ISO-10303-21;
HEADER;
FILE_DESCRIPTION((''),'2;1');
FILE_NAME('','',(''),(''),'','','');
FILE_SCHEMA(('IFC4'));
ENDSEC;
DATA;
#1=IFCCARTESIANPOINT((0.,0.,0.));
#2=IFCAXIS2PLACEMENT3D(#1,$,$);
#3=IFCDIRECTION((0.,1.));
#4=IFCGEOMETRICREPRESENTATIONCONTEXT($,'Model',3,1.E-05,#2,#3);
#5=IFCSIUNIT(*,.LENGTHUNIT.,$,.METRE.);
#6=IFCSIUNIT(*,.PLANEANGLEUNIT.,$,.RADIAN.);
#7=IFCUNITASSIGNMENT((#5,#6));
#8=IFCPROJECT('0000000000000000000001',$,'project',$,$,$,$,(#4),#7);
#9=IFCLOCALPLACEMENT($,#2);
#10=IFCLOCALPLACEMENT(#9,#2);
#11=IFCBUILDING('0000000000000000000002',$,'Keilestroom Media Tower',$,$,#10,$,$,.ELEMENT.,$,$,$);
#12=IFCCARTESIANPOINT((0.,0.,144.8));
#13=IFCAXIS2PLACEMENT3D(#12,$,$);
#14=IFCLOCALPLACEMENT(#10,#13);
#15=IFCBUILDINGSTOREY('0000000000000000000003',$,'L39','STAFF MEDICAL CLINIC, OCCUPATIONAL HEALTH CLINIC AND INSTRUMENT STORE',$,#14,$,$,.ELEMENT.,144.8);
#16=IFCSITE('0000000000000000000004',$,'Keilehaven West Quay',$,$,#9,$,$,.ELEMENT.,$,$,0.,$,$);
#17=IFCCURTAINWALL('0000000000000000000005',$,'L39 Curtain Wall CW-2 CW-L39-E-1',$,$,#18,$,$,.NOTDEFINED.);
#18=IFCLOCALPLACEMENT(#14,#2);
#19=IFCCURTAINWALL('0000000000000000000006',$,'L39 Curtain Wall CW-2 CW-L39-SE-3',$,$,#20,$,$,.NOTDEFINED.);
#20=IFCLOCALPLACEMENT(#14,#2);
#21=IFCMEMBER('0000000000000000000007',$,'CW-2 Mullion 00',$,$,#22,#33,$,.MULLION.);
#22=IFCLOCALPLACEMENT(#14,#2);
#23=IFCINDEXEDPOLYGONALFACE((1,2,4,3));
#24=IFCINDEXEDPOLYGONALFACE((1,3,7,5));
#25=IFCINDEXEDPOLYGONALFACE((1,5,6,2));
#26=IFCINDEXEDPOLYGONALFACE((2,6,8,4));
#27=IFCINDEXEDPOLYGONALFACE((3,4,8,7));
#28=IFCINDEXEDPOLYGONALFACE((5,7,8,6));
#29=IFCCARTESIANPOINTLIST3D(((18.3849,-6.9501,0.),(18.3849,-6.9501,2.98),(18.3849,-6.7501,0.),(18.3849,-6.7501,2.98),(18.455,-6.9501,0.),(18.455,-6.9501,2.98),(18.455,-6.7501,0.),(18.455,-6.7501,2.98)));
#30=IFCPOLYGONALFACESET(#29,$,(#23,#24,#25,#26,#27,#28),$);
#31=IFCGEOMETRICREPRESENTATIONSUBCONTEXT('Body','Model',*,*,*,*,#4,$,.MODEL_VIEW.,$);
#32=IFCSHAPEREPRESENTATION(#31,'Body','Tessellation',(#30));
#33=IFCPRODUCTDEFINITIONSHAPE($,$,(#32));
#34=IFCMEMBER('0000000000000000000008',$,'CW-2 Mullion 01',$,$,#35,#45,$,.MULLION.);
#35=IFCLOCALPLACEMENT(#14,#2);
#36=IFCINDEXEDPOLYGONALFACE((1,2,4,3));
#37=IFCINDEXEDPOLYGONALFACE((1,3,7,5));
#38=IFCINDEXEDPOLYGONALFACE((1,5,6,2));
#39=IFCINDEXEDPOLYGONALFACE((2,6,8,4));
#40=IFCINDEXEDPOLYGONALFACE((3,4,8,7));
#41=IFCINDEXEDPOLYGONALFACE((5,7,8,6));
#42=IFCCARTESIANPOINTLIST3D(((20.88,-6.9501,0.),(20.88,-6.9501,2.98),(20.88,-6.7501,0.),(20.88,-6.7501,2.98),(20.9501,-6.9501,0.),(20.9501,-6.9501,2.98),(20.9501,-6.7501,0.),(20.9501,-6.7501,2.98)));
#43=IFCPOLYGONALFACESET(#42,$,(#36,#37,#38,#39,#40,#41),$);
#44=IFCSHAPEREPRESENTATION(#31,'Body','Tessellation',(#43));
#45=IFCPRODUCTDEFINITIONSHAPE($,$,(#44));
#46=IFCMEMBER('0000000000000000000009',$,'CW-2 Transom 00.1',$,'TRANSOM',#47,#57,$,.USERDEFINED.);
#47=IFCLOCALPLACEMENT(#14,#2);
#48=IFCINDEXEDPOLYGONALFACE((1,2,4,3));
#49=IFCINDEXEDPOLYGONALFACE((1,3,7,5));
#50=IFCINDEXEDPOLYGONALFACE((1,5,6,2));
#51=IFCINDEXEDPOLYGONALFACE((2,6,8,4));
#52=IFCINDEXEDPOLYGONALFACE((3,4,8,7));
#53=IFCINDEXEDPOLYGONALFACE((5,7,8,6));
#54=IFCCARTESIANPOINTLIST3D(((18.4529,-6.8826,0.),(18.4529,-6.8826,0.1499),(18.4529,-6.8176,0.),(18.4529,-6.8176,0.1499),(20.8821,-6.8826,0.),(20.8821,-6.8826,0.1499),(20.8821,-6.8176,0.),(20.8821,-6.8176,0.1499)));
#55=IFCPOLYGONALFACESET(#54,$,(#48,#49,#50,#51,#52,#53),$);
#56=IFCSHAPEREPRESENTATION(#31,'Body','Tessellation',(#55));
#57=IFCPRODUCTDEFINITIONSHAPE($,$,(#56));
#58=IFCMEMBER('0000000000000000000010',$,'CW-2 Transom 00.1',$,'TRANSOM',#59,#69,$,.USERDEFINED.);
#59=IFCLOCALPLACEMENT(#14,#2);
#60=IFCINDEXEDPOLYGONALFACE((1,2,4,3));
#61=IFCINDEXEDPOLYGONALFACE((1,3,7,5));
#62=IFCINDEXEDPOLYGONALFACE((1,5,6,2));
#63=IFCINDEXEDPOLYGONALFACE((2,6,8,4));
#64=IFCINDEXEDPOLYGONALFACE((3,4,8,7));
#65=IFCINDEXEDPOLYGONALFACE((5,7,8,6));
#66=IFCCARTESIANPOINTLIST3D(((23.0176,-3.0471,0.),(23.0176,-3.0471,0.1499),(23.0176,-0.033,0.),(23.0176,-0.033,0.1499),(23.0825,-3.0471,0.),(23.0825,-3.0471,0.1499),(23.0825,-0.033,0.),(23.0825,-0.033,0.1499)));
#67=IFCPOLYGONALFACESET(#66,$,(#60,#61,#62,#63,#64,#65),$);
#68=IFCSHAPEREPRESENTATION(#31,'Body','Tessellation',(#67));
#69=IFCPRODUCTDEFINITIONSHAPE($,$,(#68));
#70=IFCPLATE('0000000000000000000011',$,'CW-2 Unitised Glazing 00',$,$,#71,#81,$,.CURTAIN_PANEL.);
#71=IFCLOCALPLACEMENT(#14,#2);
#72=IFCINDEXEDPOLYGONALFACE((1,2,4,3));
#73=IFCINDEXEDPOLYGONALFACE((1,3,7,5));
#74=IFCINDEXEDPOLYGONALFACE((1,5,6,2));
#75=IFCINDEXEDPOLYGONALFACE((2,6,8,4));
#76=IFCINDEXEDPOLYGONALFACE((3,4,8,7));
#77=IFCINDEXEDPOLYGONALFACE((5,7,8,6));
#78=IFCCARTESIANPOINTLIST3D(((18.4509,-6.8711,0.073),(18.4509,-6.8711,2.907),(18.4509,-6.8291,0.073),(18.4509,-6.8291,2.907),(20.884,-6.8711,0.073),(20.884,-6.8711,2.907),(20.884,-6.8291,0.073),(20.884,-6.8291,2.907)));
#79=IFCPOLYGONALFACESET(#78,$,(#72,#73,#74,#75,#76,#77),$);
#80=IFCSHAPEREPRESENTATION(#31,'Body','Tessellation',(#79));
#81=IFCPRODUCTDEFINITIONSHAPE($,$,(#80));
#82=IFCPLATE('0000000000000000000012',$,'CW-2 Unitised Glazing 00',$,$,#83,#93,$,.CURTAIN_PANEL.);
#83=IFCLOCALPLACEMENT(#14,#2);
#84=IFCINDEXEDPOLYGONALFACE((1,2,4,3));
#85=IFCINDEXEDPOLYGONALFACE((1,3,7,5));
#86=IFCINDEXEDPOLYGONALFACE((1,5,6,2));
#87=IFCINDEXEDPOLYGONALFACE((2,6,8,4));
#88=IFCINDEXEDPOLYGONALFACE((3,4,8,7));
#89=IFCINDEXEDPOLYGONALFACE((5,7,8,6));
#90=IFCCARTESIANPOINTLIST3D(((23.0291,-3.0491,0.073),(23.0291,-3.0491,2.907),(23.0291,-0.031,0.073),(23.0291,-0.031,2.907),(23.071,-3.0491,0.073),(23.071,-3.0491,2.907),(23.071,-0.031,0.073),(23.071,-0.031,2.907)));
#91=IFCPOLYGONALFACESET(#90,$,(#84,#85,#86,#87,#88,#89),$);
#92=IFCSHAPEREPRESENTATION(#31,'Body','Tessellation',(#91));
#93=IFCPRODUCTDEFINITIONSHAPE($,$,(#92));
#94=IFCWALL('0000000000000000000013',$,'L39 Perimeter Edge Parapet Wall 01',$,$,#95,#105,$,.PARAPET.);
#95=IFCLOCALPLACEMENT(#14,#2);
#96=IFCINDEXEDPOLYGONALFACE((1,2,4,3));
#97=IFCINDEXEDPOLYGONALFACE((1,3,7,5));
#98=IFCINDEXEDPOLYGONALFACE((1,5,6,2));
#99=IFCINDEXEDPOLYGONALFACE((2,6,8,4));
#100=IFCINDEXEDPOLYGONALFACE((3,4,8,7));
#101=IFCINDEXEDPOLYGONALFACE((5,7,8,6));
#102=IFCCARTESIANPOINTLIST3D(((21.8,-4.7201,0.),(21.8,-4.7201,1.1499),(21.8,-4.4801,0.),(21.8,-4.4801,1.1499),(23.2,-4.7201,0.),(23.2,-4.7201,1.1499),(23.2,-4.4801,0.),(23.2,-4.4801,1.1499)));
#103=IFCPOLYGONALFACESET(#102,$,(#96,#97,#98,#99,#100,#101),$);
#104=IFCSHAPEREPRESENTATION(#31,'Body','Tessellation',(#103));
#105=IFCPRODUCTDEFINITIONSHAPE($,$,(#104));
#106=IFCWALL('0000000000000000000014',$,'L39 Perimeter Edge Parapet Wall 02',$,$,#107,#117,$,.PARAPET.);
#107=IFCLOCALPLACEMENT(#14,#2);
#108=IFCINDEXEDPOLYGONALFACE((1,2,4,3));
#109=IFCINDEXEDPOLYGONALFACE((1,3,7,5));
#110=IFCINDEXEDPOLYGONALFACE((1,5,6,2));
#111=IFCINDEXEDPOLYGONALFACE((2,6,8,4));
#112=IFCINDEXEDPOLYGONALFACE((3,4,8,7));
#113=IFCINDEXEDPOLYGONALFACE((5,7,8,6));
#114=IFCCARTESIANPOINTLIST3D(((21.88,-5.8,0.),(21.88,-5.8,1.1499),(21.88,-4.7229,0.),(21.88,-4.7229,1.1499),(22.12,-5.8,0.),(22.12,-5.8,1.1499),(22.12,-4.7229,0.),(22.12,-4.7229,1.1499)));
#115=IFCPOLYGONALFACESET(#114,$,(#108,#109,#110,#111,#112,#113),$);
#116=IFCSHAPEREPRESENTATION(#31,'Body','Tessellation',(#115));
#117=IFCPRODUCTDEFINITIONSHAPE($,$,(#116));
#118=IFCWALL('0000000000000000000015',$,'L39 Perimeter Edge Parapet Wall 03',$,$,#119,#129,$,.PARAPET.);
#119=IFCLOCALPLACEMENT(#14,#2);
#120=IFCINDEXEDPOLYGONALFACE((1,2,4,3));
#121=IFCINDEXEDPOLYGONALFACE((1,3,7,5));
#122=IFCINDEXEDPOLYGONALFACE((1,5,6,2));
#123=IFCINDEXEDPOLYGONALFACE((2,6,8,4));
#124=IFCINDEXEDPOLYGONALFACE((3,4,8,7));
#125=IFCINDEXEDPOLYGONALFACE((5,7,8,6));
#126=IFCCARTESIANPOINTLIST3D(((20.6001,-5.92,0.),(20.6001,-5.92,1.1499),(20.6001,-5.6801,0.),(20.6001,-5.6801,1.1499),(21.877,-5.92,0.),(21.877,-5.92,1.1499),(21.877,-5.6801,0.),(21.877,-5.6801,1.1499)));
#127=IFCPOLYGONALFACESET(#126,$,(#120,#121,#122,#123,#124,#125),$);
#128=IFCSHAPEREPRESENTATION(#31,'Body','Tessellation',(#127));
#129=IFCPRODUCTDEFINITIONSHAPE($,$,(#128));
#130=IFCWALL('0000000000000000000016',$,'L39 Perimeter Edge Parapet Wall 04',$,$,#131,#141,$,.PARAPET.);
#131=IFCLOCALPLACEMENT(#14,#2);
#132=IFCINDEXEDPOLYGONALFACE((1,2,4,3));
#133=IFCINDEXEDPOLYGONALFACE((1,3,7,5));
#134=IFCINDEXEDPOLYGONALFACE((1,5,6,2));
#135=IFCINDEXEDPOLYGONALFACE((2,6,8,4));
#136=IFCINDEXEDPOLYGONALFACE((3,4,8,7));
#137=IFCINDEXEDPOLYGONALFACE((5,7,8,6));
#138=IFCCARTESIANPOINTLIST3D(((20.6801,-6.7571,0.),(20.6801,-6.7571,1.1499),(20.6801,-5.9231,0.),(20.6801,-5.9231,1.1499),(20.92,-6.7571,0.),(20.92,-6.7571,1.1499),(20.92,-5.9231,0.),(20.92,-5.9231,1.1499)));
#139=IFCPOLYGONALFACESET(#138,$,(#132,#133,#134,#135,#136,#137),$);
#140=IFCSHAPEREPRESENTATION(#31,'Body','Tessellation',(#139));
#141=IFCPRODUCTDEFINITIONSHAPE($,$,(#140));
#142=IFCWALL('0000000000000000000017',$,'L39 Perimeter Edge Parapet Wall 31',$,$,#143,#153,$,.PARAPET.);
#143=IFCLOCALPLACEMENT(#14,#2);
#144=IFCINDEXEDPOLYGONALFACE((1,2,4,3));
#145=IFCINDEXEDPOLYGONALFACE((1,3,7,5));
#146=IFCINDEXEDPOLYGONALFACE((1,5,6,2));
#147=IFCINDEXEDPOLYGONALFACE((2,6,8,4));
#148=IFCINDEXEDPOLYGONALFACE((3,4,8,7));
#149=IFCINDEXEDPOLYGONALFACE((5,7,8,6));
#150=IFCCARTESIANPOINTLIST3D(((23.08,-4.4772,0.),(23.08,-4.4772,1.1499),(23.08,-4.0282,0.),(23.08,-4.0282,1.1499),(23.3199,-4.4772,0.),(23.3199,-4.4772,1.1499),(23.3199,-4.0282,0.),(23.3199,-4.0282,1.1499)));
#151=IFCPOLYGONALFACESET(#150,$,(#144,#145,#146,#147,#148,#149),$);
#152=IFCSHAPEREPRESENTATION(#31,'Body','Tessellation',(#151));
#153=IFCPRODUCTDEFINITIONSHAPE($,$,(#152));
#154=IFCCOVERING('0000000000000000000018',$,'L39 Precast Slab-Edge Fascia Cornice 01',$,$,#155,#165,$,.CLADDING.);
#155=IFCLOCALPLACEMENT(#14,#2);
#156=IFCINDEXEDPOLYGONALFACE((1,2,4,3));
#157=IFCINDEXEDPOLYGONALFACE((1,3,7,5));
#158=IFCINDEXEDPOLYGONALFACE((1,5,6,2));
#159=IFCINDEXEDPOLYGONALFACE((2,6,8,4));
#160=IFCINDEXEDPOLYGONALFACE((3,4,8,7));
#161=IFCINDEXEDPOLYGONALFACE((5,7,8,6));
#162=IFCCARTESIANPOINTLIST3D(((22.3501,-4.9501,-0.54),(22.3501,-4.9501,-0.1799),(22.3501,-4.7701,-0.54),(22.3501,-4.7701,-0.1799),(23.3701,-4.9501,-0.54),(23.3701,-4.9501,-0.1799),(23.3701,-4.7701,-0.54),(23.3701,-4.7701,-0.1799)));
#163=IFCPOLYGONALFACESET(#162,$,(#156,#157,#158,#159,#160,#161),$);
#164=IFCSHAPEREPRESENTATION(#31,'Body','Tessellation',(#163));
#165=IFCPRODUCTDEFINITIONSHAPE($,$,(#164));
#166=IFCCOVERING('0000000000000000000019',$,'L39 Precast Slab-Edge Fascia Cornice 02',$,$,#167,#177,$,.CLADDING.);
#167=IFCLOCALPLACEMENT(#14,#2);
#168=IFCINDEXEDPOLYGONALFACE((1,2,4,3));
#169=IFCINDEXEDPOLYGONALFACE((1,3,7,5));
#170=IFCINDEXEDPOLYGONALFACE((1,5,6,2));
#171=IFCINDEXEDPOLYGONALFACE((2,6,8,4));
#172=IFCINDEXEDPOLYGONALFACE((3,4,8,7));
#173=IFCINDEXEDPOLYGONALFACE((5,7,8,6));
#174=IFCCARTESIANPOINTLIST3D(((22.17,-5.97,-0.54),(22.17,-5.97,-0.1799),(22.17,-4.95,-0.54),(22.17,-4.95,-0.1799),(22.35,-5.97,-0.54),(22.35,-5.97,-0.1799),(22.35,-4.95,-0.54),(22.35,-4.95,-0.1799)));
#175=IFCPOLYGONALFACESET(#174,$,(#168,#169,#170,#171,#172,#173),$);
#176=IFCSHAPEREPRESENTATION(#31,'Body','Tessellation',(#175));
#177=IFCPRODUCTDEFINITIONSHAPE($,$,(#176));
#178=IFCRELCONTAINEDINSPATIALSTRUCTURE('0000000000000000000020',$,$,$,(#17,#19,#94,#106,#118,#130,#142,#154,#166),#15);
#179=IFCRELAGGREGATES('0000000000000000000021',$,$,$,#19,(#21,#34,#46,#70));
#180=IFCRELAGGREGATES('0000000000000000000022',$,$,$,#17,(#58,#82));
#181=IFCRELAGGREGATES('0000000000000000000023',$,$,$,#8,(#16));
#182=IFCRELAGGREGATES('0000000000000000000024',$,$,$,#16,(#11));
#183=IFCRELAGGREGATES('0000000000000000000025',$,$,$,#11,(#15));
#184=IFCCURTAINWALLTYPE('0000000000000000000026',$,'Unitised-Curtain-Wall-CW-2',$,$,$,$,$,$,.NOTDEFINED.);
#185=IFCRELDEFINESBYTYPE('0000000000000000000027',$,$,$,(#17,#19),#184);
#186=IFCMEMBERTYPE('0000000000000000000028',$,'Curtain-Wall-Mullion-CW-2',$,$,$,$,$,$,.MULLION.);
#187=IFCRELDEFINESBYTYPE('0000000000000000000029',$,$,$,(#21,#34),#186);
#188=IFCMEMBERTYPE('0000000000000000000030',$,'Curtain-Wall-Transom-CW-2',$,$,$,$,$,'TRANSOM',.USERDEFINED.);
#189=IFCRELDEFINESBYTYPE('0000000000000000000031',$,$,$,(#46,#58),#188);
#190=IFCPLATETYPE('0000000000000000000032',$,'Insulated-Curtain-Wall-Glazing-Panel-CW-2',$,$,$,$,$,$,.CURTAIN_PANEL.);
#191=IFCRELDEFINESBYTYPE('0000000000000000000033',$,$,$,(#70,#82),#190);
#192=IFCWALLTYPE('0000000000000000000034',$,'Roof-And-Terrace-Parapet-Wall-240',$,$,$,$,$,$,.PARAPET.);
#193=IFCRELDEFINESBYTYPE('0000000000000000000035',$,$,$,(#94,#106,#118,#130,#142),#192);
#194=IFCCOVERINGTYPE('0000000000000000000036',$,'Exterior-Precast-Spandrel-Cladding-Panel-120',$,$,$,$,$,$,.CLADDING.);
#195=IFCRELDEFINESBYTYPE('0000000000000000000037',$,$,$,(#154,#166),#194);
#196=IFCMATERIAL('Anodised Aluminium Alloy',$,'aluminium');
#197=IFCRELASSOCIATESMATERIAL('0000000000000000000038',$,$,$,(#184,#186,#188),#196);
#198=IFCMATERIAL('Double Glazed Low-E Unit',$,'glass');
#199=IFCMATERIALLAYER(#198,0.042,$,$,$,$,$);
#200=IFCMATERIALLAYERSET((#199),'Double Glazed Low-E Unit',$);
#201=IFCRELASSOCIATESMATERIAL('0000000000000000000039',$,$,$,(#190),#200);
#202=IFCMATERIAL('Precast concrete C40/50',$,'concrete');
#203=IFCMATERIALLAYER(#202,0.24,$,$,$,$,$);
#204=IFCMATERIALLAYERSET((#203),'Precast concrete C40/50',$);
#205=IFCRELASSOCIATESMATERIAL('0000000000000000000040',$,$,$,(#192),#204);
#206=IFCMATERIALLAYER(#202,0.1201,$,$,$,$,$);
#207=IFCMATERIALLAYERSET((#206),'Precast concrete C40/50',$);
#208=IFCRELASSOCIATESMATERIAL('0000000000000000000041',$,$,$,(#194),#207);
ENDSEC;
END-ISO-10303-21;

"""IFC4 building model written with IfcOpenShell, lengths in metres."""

from ifc_helpers import new_model, si_unit, direction, frame, frame_2d, origin, origin_2d, place, context, subcontext, project, spatial, rectangle, extrude, source, transform, mapped, material, layer, layer_set, material_profile, profile_set, type_object, element, aggregate, save


model = new_model("IFC4")

# Units and contexts
model_context = context("Model", 3, precision=1e-05, world=origin(), true_north=direction((0.0, 1.0)))
body_context = subcontext(model_context, "Body", "Model", "MODEL_VIEW")
ifc_project = project(units=[si_unit("LENGTHUNIT", "METRE"), si_unit("PLANEANGLEUNIT", "RADIAN")], contexts=[model_context])

# Site, building, storey
site_placement = place(None, origin())
site = spatial("IfcSite", under=ifc_project, at=site_placement, Name="Keilehaven West Quay", CompositionType="ELEMENT", RefElevation=0.0)
building_placement = place(site_placement, origin())
building = spatial("IfcBuilding", under=site, at=building_placement, Name="Keilestroom Media Tower", CompositionType="ELEMENT")
storey_placement = place(building_placement, frame((0.0, 0.0, 144.8)))
storey = spatial("IfcBuildingStorey", under=building, at=storey_placement, Name="L39", Description="STAFF MEDICAL CLINIC, OCCUPATIONAL HEALTH CLINIC AND INSTRUMENT STORE", CompositionType="ELEMENT", Elevation=144.8)

# Shared definitions
ifc_material_1 = material(Name="Precast concrete C40/50", Category="concrete")

# Curtain wall
ifc_material_2 = material(Name="Anodised Aluminium Alloy", Category="aluminium")
curtain_wall_type = type_object("IfcCurtainWallType", Name="Unitised-Curtain-Wall-CW-2", PredefinedType="NOTDEFINED", material=ifc_material_2)
curtain_wall_1_placement = place(storey_placement, origin())
curtain_wall_1 = element("IfcCurtainWall", 1, at=curtain_wall_1_placement, inside=storey, type_object=curtain_wall_type, Name="L39 Curtain Wall CW-2 CW-L39-E-1", PredefinedType="NOTDEFINED")
ifc_material_profile_1 = material_profile(ifc_material_2, rectangle(XDim=0.0701, YDim=0.2, at=origin_2d()), Name="ALU MULLION 70x200")
ifc_profile_set_1 = profile_set([ifc_material_profile_1], Name="Anodised Aluminium Alloy")
member_type_1 = type_object("IfcMemberType", Name="Curtain-Wall-Mullion-CW-2", PredefinedType="MULLION", material=ifc_profile_set_1)
shared_shape_1 = source(origin(), body_context, "Body", "SweptSolid", [
    extrude(rectangle(XDim=0.0701, YDim=0.2, at=origin_2d()), origin(), (0.0, 0.0, 1.0), 2.98),
])

# Curtain wall, members
curtain_wall_2_placement = place(storey_placement, origin())
curtain_wall_2 = element("IfcCurtainWall", 2, at=curtain_wall_2_placement, inside=storey, type_object=curtain_wall_type, Name="L39 Curtain Wall CW-2 CW-L39-SE-3", PredefinedType="NOTDEFINED")
member_1_placement = place(storey_placement, frame((18.4199, -6.8501, 0.0), z_axis=(0.0, 0.0, 1.0), x_axis=(1.0, 0.0, 0.0)))
member_1 = element("IfcMember", 3, at=member_1_placement, type_object=member_type_1, Name="CW-2 Mullion 00", PredefinedType="MULLION", context=body_context, shape_type="MappedRepresentation", body=[
    mapped(shared_shape_1, transform((0.0, 0.0, 0.0), x_axis=(1.0, 0.0, 0.0), y_axis=(0.0, 1.0, 0.0), z_axis=(0.0, 0.0, 1.0), scale=1.0)),
])
member_2_placement = place(storey_placement, frame((20.915, -6.8501, 0.0), z_axis=(0.0, 0.0, 1.0), x_axis=(1.0, 0.0, 0.0)))
member_2 = element("IfcMember", 4, at=member_2_placement, type_object=member_type_1, Name="CW-2 Mullion 01", PredefinedType="MULLION", context=body_context, shape_type="MappedRepresentation", body=[
    mapped(shared_shape_1, transform((0.0, 0.0, 0.0), x_axis=(1.0, 0.0, 0.0), y_axis=(0.0, 1.0, 0.0), z_axis=(0.0, 0.0, 1.0), scale=1.0)),
])
ifc_material_profile_2 = material_profile(ifc_material_2, rectangle(XDim=0.0649, YDim=0.1499, at=origin_2d()), Name="ALU TRANSOM 65x150")
ifc_profile_set_2 = profile_set([ifc_material_profile_2], Name="Anodised Aluminium Alloy")
member_type_2 = type_object("IfcMemberType", Name="Curtain-Wall-Transom-CW-2", ElementType="TRANSOM", PredefinedType="USERDEFINED", material=ifc_profile_set_2)
shared_shape_2 = source(origin(), body_context, "Body", "SweptSolid", [
    extrude(rectangle(XDim=0.0649, YDim=0.1499, at=origin_2d()), origin(), (0.0, 0.0, 1.0), 2.4292),
])
member_3_placement = place(storey_placement, frame((18.4529, -6.8501, 0.075), z_axis=(1.0, 0.0, 0.0), x_axis=(0.0, 1.0, 0.0)))
member_3 = element("IfcMember", 5, at=member_3_placement, type_object=member_type_2, Name="CW-2 Transom 00.1", ObjectType="TRANSOM", PredefinedType="USERDEFINED", context=body_context, shape_type="MappedRepresentation", body=[
    mapped(shared_shape_2, transform((0.0, 0.0, 0.0), x_axis=(1.0, 0.0, 0.0), y_axis=(0.0, 1.0, 0.0), z_axis=(0.0, 0.0, 1.0), scale=1.0)),
])

# Member
shared_shape_3 = source(origin(), body_context, "Body", "SweptSolid", [
    extrude(rectangle(XDim=0.0649, YDim=0.1499, at=origin_2d()), origin(), (0.0, 0.0, 1.0), 3.0142),
])
member_4_placement = place(storey_placement, frame((23.05, -3.0471, 0.075), z_axis=(0.0, 1.0, 0.0), x_axis=(-1.0, 0.0, 0.0)))
member_4 = element("IfcMember", 6, at=member_4_placement, type_object=member_type_2, Name="CW-2 Transom 00.1", ObjectType="TRANSOM", PredefinedType="USERDEFINED", context=body_context, shape_type="MappedRepresentation", body=[
    mapped(shared_shape_3, transform((0.0, 0.0, 0.0), x_axis=(1.0, 0.0, 0.0), y_axis=(0.0, 1.0, 0.0), z_axis=(0.0, 0.0, 1.0), scale=1.0)),
])

# Plates
ifc_material_3 = material(Name="Double Glazed Low-E Unit", Category="glass")
ifc_layer_1 = layer(ifc_material_3, 0.042)
ifc_layer_set_1 = layer_set([ifc_layer_1], Name="Double Glazed Low-E Unit")
plate_type = type_object("IfcPlateType", Name="Insulated-Curtain-Wall-Glazing-Panel-CW-2", PredefinedType="CURTAIN_PANEL", material=ifc_layer_set_1)
shared_shape_4 = source(origin(), body_context, "Body", "SweptSolid", [
    extrude(rectangle(XDim=2.4331, YDim=0.042, at=origin_2d()), origin(), (0.0, 0.0, 1.0), 2.834),
])
plate_1_placement = place(storey_placement, frame((19.6675, -6.8501, 0.073), z_axis=(0.0, 0.0, 1.0), x_axis=(1.0, 0.0, 0.0)))
plate_1 = element("IfcPlate", 7, at=plate_1_placement, type_object=plate_type, Name="CW-2 Unitised Glazing 00", PredefinedType="CURTAIN_PANEL", context=body_context, shape_type="MappedRepresentation", body=[
    mapped(shared_shape_4, transform((0.0, 0.0, 0.0), x_axis=(1.0, 0.0, 0.0), y_axis=(0.0, 1.0, 0.0), z_axis=(0.0, 0.0, 1.0), scale=1.0)),
])
aggregate(curtain_wall_2, [member_1, member_2, member_3, plate_1])
shared_shape_5 = source(origin(), body_context, "Body", "SweptSolid", [
    extrude(rectangle(XDim=3.0181, YDim=0.042, at=origin_2d()), origin(), (0.0, 0.0, 1.0), 2.834),
])
plate_2_placement = place(storey_placement, frame((23.05, -1.54, 0.073), z_axis=(0.0, 0.0, 1.0), x_axis=(0.0, 1.0, 0.0)))
plate_2 = element("IfcPlate", 8, at=plate_2_placement, type_object=plate_type, Name="CW-2 Unitised Glazing 00", PredefinedType="CURTAIN_PANEL", context=body_context, shape_type="MappedRepresentation", body=[
    mapped(shared_shape_5, transform((0.0, 0.0, 0.0), x_axis=(1.0, 0.0, 0.0), y_axis=(0.0, 1.0, 0.0), z_axis=(0.0, 0.0, 1.0), scale=1.0)),
])
aggregate(curtain_wall_1, [member_4, plate_2])

# Walls
ifc_layer_2 = layer(ifc_material_1, 0.24)
ifc_layer_set_2 = layer_set([ifc_layer_2], Name="Precast concrete C40/50")
wall_type = type_object("IfcWallType", Name="Roof-And-Terrace-Parapet-Wall-240", PredefinedType="PARAPET", material=ifc_layer_set_2)
wall_1_placement = place(storey_placement, frame((23.2, -4.6001, 0.0), z_axis=(0.0, 0.0, 1.0), x_axis=(-1.0, 0.0, 0.0)))
element("IfcWall", 9, at=wall_1_placement, inside=storey, type_object=wall_type, Name="L39 Perimeter Edge Parapet Wall 01", PredefinedType="PARAPET", context=body_context, shape_type="SweptSolid", body=[
    extrude(rectangle(XDim=1.3999, YDim=0.24, at=frame_2d((0.7, 0.0))), origin(), (0.0, 0.0, 1.0), 1.1499),
])
wall_2_placement = place(storey_placement, frame((22.0, -4.7229, 0.0), z_axis=(0.0, 0.0, 1.0), x_axis=(0.0, -1.0, 0.0)))
element("IfcWall", 10, at=wall_2_placement, inside=storey, type_object=wall_type, Name="L39 Perimeter Edge Parapet Wall 02", PredefinedType="PARAPET", context=body_context, shape_type="SweptSolid", body=[
    extrude(rectangle(XDim=1.0771, YDim=0.24, at=frame_2d((0.5386, 0.0))), origin(), (0.0, 0.0, 1.0), 1.1499),
])
wall_3_placement = place(storey_placement, frame((21.877, -5.8, 0.0), z_axis=(0.0, 0.0, 1.0), x_axis=(-1.0, 0.0, 0.0)))
element("IfcWall", 11, at=wall_3_placement, inside=storey, type_object=wall_type, Name="L39 Perimeter Edge Parapet Wall 03", PredefinedType="PARAPET", context=body_context, shape_type="SweptSolid", body=[
    extrude(rectangle(XDim=1.2769, YDim=0.24, at=frame_2d((0.6384, 0.0))), origin(), (0.0, 0.0, 1.0), 1.1499),
])
wall_4_placement = place(storey_placement, frame((20.8, -5.9231, 0.0), z_axis=(0.0, 0.0, 1.0), x_axis=(0.0, -1.0, 0.0)))
element("IfcWall", 12, at=wall_4_placement, inside=storey, type_object=wall_type, Name="L39 Perimeter Edge Parapet Wall 04", PredefinedType="PARAPET", context=body_context, shape_type="SweptSolid", body=[
    extrude(rectangle(XDim=0.834, YDim=0.24, at=frame_2d((0.417, 0.0))), origin(), (0.0, 0.0, 1.0), 1.1499),
])
wall_5_placement = place(storey_placement, frame((23.2, -4.0281, 0.0), z_axis=(0.0, 0.0, 1.0), x_axis=(0.0, -1.0, 0.0)))
element("IfcWall", 13, at=wall_5_placement, inside=storey, type_object=wall_type, Name="L39 Perimeter Edge Parapet Wall 31", PredefinedType="PARAPET", context=body_context, shape_type="SweptSolid", body=[
    extrude(rectangle(XDim=0.449, YDim=0.24, at=frame_2d((0.2246, 0.0))), origin(), (0.0, 0.0, 1.0), 1.1499),
])

# Coverings
ifc_layer_3 = layer(ifc_material_1, 0.1201)
ifc_layer_set_3 = layer_set([ifc_layer_3], Name="Precast concrete C40/50")
covering_type = type_object("IfcCoveringType", Name="Exterior-Precast-Spandrel-Cladding-Panel-120", PredefinedType="CLADDING", material=ifc_layer_set_3)
shared_shape_6 = source(origin(), body_context, "Body", "SweptSolid", [
    extrude(rectangle(XDim=1.02, YDim=0.1799, at=origin_2d()), origin(), (0.0, 0.0, 1.0), 0.3601),
])
for number, where, z_axis, x_axis, name in (
    (14, (22.8601, -4.8601, -0.54), (0.0, 0.0, 1.0), (-1.0, 0.0, 0.0), "L39 Precast Slab-Edge Fascia Cornice 01"),
    (15, (22.26, -5.46, -0.54), (0.0, 0.0, 1.0), (0.0, -1.0, 0.0), "L39 Precast Slab-Edge Fascia Cornice 02"),
):
    element("IfcCovering", number, at=place(storey_placement, frame(where, z_axis=z_axis, x_axis=x_axis)), inside=storey, type_object=covering_type, Name=name, PredefinedType="CLADDING", context=body_context, shape_type="MappedRepresentation", body=[
        mapped(shared_shape_6, transform((0.0, 0.0, 0.0), x_axis=(1.0, 0.0, 0.0), y_axis=(0.0, 1.0, 0.0), z_axis=(0.0, 0.0, 1.0), scale=1.0)),
    ])

save(model, "model.ifc")
